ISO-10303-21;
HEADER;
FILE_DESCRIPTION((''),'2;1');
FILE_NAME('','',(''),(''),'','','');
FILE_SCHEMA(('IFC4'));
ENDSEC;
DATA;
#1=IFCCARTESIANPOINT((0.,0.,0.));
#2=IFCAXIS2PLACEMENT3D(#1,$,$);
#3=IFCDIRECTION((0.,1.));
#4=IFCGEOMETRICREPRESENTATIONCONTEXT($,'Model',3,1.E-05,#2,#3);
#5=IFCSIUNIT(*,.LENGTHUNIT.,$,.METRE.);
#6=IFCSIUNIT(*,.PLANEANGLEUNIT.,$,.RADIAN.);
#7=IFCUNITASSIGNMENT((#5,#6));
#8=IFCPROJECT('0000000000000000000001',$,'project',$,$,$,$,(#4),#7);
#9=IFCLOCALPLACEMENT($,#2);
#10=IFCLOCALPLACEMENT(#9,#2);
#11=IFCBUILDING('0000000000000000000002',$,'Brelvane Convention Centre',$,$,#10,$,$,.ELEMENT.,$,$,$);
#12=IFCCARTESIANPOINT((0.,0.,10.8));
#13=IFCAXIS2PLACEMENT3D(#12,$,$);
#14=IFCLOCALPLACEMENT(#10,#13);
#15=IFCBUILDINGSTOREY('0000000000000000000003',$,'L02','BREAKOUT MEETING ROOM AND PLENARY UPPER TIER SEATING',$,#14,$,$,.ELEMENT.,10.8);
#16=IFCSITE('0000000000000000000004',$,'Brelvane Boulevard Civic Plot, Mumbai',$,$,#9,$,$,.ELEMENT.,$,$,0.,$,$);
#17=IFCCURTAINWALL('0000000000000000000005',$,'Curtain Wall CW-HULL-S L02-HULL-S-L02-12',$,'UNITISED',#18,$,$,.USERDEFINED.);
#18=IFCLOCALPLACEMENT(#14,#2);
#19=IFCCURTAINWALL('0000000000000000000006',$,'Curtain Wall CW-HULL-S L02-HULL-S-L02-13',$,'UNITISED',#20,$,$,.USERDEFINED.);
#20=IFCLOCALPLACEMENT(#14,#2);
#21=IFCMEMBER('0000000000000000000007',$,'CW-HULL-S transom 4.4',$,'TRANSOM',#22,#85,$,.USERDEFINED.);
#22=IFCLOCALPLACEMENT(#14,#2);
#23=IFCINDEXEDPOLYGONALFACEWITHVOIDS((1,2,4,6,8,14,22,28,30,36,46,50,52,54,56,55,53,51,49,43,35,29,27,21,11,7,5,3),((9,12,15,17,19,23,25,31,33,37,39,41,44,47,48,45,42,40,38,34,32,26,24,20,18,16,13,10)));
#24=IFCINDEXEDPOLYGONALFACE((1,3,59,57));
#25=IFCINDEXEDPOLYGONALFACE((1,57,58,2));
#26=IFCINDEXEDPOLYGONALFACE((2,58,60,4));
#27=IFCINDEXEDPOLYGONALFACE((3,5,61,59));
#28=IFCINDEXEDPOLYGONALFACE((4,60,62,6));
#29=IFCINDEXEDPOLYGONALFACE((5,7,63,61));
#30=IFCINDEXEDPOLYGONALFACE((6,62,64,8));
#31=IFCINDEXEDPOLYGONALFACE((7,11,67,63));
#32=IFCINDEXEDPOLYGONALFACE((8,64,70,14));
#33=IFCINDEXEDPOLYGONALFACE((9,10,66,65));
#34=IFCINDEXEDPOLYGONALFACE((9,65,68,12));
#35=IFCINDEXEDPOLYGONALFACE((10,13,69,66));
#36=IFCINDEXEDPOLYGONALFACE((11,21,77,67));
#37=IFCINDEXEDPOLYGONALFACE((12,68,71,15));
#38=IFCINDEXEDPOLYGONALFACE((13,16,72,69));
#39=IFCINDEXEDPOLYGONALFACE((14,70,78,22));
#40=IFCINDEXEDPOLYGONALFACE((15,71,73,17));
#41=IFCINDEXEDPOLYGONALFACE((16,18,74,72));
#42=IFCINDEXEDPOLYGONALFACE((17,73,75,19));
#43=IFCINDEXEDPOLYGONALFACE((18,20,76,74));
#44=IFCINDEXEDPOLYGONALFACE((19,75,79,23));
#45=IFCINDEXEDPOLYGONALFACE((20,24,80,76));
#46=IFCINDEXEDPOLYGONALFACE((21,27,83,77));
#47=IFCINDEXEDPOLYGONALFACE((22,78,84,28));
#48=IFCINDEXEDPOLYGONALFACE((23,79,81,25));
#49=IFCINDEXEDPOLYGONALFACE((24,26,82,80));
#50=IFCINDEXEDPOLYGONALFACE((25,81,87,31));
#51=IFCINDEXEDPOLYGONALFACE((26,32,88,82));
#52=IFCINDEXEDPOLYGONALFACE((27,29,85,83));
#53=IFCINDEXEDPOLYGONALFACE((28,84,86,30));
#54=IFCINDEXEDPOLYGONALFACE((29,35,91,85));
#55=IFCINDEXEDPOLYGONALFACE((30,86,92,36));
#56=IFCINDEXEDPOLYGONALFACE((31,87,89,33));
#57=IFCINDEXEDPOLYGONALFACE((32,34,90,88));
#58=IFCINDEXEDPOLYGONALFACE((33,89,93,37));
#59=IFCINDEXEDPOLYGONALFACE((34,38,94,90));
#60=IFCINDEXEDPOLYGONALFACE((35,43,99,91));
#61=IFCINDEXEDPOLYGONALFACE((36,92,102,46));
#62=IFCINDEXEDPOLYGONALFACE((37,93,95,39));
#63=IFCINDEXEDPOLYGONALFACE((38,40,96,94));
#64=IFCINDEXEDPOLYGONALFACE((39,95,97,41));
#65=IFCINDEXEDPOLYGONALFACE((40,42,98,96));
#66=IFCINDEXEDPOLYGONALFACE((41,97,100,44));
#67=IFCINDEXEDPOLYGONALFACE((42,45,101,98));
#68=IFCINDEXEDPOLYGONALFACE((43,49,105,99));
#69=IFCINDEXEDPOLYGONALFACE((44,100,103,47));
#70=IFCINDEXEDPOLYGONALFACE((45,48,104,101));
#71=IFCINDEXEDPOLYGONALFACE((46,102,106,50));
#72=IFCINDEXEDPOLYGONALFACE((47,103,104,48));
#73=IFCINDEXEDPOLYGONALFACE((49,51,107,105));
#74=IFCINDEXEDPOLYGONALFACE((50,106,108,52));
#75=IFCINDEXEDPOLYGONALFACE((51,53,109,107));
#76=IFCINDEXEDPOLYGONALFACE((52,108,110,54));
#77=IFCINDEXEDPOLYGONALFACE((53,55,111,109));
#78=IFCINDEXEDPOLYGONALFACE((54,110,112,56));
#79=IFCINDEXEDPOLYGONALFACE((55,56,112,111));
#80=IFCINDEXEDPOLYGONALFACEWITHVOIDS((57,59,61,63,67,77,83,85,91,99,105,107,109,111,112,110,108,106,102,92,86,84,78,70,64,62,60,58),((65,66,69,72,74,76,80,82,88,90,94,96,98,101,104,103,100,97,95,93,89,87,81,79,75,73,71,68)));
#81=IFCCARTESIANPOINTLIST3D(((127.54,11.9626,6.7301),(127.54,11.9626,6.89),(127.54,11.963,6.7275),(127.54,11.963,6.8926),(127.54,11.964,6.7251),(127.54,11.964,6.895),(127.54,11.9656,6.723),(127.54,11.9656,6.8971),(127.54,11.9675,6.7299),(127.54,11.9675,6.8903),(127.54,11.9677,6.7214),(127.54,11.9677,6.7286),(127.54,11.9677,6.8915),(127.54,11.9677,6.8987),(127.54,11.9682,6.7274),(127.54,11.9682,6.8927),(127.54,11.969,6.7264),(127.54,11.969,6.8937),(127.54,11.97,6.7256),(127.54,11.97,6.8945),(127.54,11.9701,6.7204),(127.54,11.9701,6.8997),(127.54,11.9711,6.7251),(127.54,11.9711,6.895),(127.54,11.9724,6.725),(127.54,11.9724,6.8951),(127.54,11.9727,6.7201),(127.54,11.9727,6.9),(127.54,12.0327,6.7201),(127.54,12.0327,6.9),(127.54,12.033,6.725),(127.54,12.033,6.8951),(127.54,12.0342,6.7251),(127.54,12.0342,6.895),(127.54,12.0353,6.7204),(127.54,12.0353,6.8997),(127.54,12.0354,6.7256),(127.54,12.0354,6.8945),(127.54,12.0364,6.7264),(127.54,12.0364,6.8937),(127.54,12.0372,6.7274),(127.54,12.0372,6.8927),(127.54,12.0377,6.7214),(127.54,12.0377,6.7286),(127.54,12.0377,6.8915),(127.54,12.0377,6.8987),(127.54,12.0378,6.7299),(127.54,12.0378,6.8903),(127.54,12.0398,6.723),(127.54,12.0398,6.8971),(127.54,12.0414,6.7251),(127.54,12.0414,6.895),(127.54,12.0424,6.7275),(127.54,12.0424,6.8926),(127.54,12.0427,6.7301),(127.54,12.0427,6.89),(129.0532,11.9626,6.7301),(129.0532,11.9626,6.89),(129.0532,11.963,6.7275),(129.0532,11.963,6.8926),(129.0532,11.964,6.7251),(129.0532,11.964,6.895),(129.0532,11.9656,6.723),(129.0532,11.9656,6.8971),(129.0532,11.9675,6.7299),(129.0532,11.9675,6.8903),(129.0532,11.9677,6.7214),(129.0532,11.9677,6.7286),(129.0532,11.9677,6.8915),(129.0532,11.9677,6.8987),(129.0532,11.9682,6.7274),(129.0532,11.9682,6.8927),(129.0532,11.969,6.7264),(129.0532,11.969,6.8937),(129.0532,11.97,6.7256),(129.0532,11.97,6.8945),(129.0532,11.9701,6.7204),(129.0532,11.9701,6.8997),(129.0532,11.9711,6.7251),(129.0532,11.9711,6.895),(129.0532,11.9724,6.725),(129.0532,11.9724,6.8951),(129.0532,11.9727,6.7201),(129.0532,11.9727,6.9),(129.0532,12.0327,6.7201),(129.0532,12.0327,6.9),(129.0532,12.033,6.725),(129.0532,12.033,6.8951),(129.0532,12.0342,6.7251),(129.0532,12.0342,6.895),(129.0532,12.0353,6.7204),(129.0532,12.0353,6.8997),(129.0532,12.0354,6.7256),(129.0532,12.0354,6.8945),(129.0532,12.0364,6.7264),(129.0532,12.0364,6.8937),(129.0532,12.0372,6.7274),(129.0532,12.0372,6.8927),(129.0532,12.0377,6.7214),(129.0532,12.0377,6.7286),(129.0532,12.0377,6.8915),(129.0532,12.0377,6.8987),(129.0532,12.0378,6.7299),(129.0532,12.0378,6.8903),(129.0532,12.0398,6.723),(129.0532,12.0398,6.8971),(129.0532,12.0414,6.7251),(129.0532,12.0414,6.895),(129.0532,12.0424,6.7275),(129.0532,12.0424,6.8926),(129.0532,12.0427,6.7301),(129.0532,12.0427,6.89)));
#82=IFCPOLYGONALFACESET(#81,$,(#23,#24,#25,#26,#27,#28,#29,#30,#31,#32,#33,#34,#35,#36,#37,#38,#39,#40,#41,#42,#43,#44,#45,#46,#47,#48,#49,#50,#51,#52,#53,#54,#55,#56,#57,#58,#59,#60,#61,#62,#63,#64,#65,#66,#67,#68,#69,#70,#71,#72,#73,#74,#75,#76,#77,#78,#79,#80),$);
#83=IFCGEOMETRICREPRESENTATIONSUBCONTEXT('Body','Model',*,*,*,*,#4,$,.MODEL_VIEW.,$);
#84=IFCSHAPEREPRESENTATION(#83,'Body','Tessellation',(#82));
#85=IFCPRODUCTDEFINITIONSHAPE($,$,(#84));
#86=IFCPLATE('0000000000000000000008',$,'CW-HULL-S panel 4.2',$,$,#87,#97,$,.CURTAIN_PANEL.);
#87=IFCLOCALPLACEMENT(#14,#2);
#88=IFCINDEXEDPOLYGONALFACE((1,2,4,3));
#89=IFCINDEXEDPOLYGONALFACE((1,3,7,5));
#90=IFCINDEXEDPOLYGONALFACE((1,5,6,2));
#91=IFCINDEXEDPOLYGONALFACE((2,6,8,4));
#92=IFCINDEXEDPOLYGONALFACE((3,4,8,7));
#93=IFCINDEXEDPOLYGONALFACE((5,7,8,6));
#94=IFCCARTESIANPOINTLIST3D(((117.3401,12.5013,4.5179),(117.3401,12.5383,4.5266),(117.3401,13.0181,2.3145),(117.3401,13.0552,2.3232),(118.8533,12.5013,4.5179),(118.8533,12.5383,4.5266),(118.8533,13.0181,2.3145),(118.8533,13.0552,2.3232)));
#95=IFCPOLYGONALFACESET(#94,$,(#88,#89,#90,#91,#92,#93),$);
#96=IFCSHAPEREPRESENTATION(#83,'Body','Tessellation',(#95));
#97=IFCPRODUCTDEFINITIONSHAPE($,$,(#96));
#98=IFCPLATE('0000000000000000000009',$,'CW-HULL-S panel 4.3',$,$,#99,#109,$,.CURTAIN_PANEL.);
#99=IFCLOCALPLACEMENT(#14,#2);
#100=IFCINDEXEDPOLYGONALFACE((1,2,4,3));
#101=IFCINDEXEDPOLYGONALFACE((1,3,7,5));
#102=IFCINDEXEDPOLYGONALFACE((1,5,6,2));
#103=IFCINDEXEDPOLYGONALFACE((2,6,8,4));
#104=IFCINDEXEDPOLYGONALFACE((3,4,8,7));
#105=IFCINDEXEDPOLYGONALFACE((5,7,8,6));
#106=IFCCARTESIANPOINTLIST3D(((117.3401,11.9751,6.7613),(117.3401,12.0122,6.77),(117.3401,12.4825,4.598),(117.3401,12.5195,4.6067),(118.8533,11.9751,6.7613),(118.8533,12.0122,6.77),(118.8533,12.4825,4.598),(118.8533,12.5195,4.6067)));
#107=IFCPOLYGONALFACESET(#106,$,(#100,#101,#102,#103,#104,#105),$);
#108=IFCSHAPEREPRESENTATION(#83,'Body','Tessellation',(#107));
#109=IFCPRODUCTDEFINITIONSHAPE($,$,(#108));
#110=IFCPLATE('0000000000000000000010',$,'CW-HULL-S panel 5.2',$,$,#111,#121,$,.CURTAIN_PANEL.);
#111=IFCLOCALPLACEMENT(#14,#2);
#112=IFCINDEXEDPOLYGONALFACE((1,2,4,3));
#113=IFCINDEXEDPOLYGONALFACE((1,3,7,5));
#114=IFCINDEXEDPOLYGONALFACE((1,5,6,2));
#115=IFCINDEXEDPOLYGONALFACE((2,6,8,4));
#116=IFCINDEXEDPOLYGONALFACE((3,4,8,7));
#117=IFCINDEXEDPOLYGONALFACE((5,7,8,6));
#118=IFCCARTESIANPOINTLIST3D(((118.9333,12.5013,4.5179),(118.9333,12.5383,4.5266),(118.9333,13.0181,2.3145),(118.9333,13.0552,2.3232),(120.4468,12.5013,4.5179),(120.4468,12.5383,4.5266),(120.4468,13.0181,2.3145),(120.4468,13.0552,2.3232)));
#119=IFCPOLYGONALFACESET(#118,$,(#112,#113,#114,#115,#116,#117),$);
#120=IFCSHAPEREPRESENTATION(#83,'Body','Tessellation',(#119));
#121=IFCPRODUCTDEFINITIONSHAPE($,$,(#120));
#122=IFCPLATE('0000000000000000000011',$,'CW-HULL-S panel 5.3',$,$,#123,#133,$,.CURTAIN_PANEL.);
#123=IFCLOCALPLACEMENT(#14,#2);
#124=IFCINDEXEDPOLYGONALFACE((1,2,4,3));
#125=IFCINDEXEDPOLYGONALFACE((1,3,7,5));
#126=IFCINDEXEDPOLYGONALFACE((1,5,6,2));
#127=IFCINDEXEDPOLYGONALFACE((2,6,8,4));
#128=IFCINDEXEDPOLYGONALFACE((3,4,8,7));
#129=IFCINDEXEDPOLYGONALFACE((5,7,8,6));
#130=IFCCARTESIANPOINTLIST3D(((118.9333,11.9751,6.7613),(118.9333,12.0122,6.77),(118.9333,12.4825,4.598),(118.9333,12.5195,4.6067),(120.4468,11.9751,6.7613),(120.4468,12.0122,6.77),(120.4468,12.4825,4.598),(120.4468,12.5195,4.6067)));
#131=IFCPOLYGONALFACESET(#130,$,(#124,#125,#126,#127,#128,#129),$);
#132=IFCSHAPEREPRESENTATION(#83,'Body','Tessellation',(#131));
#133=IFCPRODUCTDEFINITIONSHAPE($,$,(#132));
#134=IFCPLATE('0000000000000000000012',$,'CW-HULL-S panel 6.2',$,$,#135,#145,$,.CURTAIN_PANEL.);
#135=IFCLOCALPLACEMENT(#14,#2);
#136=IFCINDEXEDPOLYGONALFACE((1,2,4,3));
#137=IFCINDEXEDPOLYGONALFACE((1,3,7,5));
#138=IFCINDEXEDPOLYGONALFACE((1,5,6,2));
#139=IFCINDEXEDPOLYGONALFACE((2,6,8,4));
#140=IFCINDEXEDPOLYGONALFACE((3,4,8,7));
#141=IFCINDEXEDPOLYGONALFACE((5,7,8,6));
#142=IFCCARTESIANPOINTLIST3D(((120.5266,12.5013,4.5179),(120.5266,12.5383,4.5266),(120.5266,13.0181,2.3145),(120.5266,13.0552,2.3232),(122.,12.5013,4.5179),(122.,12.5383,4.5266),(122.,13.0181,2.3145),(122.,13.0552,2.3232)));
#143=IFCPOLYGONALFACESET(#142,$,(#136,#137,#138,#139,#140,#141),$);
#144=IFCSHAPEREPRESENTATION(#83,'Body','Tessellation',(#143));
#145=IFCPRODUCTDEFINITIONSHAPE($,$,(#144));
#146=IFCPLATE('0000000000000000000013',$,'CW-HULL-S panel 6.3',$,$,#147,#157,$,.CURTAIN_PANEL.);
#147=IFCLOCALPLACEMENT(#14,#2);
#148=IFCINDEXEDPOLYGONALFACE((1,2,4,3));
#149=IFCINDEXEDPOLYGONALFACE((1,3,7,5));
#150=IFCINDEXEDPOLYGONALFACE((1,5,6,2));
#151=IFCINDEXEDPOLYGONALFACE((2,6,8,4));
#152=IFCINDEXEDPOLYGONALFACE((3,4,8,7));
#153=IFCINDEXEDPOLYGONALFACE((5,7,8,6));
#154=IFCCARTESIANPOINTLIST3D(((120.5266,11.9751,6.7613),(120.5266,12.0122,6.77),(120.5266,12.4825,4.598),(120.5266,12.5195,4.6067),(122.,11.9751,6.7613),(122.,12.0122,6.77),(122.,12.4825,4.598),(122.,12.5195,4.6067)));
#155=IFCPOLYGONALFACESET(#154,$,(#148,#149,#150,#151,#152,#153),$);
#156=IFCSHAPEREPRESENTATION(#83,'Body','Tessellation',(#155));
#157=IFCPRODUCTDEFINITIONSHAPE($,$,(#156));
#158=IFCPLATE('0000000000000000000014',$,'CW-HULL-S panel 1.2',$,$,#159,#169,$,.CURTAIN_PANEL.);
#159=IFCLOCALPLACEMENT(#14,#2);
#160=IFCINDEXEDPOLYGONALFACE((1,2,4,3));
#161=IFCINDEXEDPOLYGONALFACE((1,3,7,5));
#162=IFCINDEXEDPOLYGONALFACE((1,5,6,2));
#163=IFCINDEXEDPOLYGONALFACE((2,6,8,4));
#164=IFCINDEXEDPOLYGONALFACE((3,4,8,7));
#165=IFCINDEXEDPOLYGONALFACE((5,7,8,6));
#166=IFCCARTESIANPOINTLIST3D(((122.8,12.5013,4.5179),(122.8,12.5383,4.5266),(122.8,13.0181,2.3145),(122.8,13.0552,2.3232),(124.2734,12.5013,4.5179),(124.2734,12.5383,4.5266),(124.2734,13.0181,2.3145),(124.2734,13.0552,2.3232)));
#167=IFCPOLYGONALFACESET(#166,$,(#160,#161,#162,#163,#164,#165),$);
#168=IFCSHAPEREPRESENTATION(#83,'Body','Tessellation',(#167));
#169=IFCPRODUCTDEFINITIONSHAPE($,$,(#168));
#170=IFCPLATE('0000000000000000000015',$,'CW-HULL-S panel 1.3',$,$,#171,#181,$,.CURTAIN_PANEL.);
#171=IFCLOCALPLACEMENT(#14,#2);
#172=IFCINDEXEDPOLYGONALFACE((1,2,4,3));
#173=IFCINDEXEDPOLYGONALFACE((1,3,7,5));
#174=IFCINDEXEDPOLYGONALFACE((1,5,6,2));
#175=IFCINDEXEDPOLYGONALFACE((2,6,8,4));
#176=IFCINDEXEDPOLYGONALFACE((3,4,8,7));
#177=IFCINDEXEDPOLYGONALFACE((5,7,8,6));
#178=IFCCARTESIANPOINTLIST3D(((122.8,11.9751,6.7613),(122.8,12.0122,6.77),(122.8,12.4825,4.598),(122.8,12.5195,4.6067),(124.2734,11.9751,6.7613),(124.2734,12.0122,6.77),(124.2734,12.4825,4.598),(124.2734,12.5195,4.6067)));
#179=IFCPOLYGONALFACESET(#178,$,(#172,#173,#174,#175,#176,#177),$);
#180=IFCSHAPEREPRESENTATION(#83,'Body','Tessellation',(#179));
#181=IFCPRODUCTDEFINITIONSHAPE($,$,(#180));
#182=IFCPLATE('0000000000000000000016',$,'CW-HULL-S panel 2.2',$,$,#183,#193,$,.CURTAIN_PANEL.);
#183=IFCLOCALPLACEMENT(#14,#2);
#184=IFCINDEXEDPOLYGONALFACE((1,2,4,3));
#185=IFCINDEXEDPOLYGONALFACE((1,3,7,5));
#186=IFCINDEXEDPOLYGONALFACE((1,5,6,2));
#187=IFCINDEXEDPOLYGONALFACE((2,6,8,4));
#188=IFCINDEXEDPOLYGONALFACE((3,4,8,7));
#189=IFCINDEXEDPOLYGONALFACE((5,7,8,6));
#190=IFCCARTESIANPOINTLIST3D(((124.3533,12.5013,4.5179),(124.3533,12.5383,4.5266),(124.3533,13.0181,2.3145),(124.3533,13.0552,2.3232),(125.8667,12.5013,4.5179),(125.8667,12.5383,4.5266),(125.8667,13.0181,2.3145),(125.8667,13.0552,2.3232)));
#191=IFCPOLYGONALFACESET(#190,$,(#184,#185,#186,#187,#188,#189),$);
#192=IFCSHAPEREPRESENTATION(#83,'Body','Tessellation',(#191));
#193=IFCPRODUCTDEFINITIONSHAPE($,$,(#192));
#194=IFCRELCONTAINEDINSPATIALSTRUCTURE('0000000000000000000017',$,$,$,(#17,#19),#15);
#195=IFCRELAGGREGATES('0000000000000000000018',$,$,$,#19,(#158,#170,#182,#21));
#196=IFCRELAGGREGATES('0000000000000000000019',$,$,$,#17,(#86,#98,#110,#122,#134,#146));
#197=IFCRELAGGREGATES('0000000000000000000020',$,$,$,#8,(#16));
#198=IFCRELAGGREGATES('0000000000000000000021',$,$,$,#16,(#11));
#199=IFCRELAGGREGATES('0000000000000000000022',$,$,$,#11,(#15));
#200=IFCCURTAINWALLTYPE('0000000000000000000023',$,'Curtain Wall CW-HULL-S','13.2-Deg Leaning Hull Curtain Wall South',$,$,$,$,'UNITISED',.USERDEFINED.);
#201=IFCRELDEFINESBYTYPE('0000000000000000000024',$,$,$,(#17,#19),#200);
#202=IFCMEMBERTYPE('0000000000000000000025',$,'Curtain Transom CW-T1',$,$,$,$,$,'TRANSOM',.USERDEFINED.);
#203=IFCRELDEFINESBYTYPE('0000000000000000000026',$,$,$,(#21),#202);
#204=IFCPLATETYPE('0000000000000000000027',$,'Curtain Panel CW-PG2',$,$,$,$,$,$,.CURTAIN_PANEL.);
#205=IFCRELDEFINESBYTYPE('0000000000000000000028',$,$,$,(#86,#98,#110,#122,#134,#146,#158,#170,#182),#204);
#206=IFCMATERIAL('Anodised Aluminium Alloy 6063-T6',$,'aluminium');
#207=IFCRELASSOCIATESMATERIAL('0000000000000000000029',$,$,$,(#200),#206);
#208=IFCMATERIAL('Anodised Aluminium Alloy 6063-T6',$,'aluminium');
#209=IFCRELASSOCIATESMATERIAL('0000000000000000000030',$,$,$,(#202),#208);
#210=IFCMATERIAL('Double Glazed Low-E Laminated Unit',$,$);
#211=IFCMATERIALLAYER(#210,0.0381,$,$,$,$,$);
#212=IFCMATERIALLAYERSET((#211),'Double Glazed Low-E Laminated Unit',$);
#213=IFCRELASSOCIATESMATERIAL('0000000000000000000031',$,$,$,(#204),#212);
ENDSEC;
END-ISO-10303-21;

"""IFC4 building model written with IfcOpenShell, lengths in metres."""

from ifc_helpers import new_model, si_unit, direction, frame, origin, origin_2d, place, context, subcontext, project, spatial, polyline, hollow_rectangle, outline, extrude, material, layer, layer_set, material_profile, profile_set, type_object, element, aggregate, save


model = new_model("IFC4")

# Units and contexts
model_context = context("Model", 3, precision=1e-05, world=origin(), true_north=direction((0.0, 1.0)))
body_context = subcontext(model_context, "Body", "Model", "MODEL_VIEW")
ifc_project = project(units=[si_unit("LENGTHUNIT", "METRE"), si_unit("PLANEANGLEUNIT", "RADIAN")], contexts=[model_context])

# Site, building, storey
site_placement = place(None, origin())
site = spatial("IfcSite", under=ifc_project, at=site_placement, Name="Brelvane Boulevard Civic Plot, Mumbai", CompositionType="ELEMENT", RefElevation=0.0)
building_placement = place(site_placement, origin())
building = spatial("IfcBuilding", under=site, at=building_placement, Name="Brelvane Convention Centre", CompositionType="ELEMENT")
storey_placement = place(building_placement, frame((0.0, 0.0, 10.8)))
storey = spatial("IfcBuildingStorey", under=building, at=storey_placement, Name="L02", Description="BREAKOUT MEETING ROOM AND PLENARY UPPER TIER SEATING", CompositionType="ELEMENT", Elevation=10.8)

# Curtain walls, member
ifc_material_1 = material(Name="Anodised Aluminium Alloy 6063-T6", Category="aluminium")
curtain_wall_type = type_object("IfcCurtainWallType", Name="Curtain Wall CW-HULL-S", Description="13.2-Deg Leaning Hull Curtain Wall South", ElementType="UNITISED", PredefinedType="USERDEFINED", material=ifc_material_1)
curtain_wall_1_placement = place(storey_placement, origin())
curtain_wall_1 = element("IfcCurtainWall", 1, at=curtain_wall_1_placement, inside=storey, type_object=curtain_wall_type, Name="Curtain Wall CW-HULL-S L02-HULL-S-L02-12", ObjectType="UNITISED", PredefinedType="USERDEFINED")
ifc_material_2 = material(Name="Anodised Aluminium Alloy 6063-T6", Category="aluminium")
ifc_material_profile = material_profile(ifc_material_2, hollow_rectangle(XDim=0.0801, YDim=0.1799, WallThickness=0.0049, InnerFilletRadius=0.0049, OuterFilletRadius=0.01, at=origin_2d()), Name="ALU-T 180x80x5.0")
ifc_profile_set = profile_set([ifc_material_profile], Name="Anodised Aluminium Alloy 6063-T6")
member_type = type_object("IfcMemberType", Name="Curtain Transom CW-T1", ElementType="TRANSOM", PredefinedType="USERDEFINED", material=ifc_profile_set)
curtain_wall_2_placement = place(storey_placement, origin())
curtain_wall_2 = element("IfcCurtainWall", 2, at=curtain_wall_2_placement, inside=storey, type_object=curtain_wall_type, Name="Curtain Wall CW-HULL-S L02-HULL-S-L02-13", ObjectType="UNITISED", PredefinedType="USERDEFINED")
member_1_placement = place(storey_placement, frame((127.54, 12.0027, 6.8101), z_axis=(1.0, 0.0, 0.0), x_axis=(0.0, 1.0, 0.0)))
member_1 = element("IfcMember", 3, at=member_1_placement, type_object=member_type, Name="CW-HULL-S transom 4.4", ObjectType="TRANSOM", PredefinedType="USERDEFINED", context=body_context, shape_type="SweptSolid", body=[
    extrude(hollow_rectangle(XDim=0.0801, YDim=0.1799, WallThickness=0.0049, InnerFilletRadius=0.0049, OuterFilletRadius=0.01, at=origin_2d()), origin(), (0.0, 0.0, 1.0), 1.5132),
])

# Plates
ifc_material_3 = material(Name="Double Glazed Low-E Laminated Unit")
ifc_layer_1 = layer(ifc_material_3, 0.0381)
ifc_layer_set_1 = layer_set([ifc_layer_1], Name="Double Glazed Low-E Laminated Unit")
plate_type_1 = type_object("IfcPlateType", Name="Curtain Panel CW-PG2", PredefinedType="CURTAIN_PANEL", material=ifc_layer_set_1)
plate_1_placement = place(storey_placement, frame((117.3401, 13.0552, 2.3232), z_axis=(0.0, 0.973574, 0.228372), x_axis=(1.0, 0.0, 0.0)))
plate_1 = element("IfcPlate", 4, at=plate_1_placement, type_object=plate_type_1, Name="CW-HULL-S panel 4.2", PredefinedType="CURTAIN_PANEL", context=body_context, shape_type="SweptSolid", body=[
    extrude(outline(polyline([(0.0, 0.0), (1.5132, 0.0), (1.5132, -2.2632), (0.0, -2.2632), (0.0, 0.0)])), origin(), (0.0, 0.0, -1.0), 0.0381),
])
plate_2_placement = place(storey_placement, frame((117.3401, 12.5195, 4.6067), z_axis=(0.0, 0.973587, 0.228317), x_axis=(1.0, 0.0, 0.0)))
plate_2 = element("IfcPlate", 5, at=plate_2_placement, type_object=plate_type_1, Name="CW-HULL-S panel 4.3", PredefinedType="CURTAIN_PANEL", context=body_context, shape_type="SweptSolid", body=[
    extrude(outline(polyline([(0.0, 0.0), (1.5132, 0.0), (1.5132, -2.222), (0.0, -2.222), (0.0, 0.0)])), origin(), (0.0, 0.0, -1.0), 0.0381),
])
plate_3_placement = place(storey_placement, frame((118.9333, 13.0552, 2.3232), z_axis=(0.0, 0.973574, 0.228372), x_axis=(1.0, 0.0, 0.0)))
plate_3 = element("IfcPlate", 6, at=plate_3_placement, type_object=plate_type_1, Name="CW-HULL-S panel 5.2", PredefinedType="CURTAIN_PANEL", context=body_context, shape_type="SweptSolid", body=[
    extrude(outline(polyline([(0.0, 0.0), (1.5134, 0.0), (1.5134, -2.2632), (0.0, -2.2632), (0.0, 0.0)])), origin(), (0.0, 0.0, -1.0), 0.0381),
])
plate_4_placement = place(storey_placement, frame((118.9333, 12.5195, 4.6067), z_axis=(0.0, 0.973587, 0.228317), x_axis=(1.0, 0.0, 0.0)))
plate_4 = element("IfcPlate", 7, at=plate_4_placement, type_object=plate_type_1, Name="CW-HULL-S panel 5.3", PredefinedType="CURTAIN_PANEL", context=body_context, shape_type="SweptSolid", body=[
    extrude(outline(polyline([(0.0, 0.0), (1.5134, 0.0), (1.5134, -2.222), (0.0, -2.222), (0.0, 0.0)])), origin(), (0.0, 0.0, -1.0), 0.0381),
])
plate_5_placement = place(storey_placement, frame((120.5266, 13.0552, 2.3232), z_axis=(0.0, 0.973574, 0.228372), x_axis=(1.0, 0.0, 0.0)))
plate_5 = element("IfcPlate", 8, at=plate_5_placement, type_object=plate_type_1, Name="CW-HULL-S panel 6.2", PredefinedType="CURTAIN_PANEL", context=body_context, shape_type="SweptSolid", body=[
    extrude(outline(polyline([(0.0, 0.0), (1.4734, 0.0), (1.4734, -2.2632), (0.0, -2.2632), (0.0, 0.0)])), origin(), (0.0, 0.0, -1.0), 0.0381),
])
plate_6_placement = place(storey_placement, frame((120.5266, 12.5195, 4.6067), z_axis=(0.0, 0.973587, 0.228317), x_axis=(1.0, 0.0, 0.0)))
plate_6 = element("IfcPlate", 9, at=plate_6_placement, type_object=plate_type_1, Name="CW-HULL-S panel 6.3", PredefinedType="CURTAIN_PANEL", context=body_context, shape_type="SweptSolid", body=[
    extrude(outline(polyline([(0.0, 0.0), (1.4734, 0.0), (1.4734, -2.222), (0.0, -2.222), (0.0, 0.0)])), origin(), (0.0, 0.0, -1.0), 0.0381),
])
plate_7_placement = place(storey_placement, frame((122.8, 13.0552, 2.3232), z_axis=(0.0, 0.973574, 0.228372), x_axis=(1.0, 0.0, 0.0)))
plate_7 = element("IfcPlate", 10, at=plate_7_placement, type_object=plate_type_1, Name="CW-HULL-S panel 1.2", PredefinedType="CURTAIN_PANEL", context=body_context, shape_type="SweptSolid", body=[
    extrude(outline(polyline([(0.0, 0.0), (1.4734, 0.0), (1.4734, -2.2632), (0.0, -2.2632), (0.0, 0.0)])), origin(), (0.0, 0.0, -1.0), 0.0381),
])
plate_8_placement = place(storey_placement, frame((122.8, 12.5195, 4.6067), z_axis=(0.0, 0.973587, 0.228317), x_axis=(1.0, 0.0, 0.0)))
plate_8 = element("IfcPlate", 11, at=plate_8_placement, type_object=plate_type_1, Name="CW-HULL-S panel 1.3", PredefinedType="CURTAIN_PANEL", context=body_context, shape_type="SweptSolid", body=[
    extrude(outline(polyline([(0.0, 0.0), (1.4734, 0.0), (1.4734, -2.222), (0.0, -2.222), (0.0, 0.0)])), origin(), (0.0, 0.0, -1.0), 0.0381),
])
plate_9_placement = place(storey_placement, frame((124.3533, 13.0552, 2.3232), z_axis=(0.0, 0.973574, 0.228372), x_axis=(1.0, 0.0, 0.0)))
plate_9 = element("IfcPlate", 12, at=plate_9_placement, type_object=plate_type_1, Name="CW-HULL-S panel 2.2", PredefinedType="CURTAIN_PANEL", context=body_context, shape_type="SweptSolid", body=[
    extrude(outline(polyline([(0.0, 0.0), (1.5134, 0.0), (1.5134, -2.2632), (0.0, -2.2632), (0.0, 0.0)])), origin(), (0.0, 0.0, -1.0), 0.0381),
])
aggregate(curtain_wall_2, [plate_7, plate_8, plate_9, member_1])
aggregate(curtain_wall_1, [plate_1, plate_2, plate_3, plate_4, plate_5, plate_6])

save(model, "model.ifc")
